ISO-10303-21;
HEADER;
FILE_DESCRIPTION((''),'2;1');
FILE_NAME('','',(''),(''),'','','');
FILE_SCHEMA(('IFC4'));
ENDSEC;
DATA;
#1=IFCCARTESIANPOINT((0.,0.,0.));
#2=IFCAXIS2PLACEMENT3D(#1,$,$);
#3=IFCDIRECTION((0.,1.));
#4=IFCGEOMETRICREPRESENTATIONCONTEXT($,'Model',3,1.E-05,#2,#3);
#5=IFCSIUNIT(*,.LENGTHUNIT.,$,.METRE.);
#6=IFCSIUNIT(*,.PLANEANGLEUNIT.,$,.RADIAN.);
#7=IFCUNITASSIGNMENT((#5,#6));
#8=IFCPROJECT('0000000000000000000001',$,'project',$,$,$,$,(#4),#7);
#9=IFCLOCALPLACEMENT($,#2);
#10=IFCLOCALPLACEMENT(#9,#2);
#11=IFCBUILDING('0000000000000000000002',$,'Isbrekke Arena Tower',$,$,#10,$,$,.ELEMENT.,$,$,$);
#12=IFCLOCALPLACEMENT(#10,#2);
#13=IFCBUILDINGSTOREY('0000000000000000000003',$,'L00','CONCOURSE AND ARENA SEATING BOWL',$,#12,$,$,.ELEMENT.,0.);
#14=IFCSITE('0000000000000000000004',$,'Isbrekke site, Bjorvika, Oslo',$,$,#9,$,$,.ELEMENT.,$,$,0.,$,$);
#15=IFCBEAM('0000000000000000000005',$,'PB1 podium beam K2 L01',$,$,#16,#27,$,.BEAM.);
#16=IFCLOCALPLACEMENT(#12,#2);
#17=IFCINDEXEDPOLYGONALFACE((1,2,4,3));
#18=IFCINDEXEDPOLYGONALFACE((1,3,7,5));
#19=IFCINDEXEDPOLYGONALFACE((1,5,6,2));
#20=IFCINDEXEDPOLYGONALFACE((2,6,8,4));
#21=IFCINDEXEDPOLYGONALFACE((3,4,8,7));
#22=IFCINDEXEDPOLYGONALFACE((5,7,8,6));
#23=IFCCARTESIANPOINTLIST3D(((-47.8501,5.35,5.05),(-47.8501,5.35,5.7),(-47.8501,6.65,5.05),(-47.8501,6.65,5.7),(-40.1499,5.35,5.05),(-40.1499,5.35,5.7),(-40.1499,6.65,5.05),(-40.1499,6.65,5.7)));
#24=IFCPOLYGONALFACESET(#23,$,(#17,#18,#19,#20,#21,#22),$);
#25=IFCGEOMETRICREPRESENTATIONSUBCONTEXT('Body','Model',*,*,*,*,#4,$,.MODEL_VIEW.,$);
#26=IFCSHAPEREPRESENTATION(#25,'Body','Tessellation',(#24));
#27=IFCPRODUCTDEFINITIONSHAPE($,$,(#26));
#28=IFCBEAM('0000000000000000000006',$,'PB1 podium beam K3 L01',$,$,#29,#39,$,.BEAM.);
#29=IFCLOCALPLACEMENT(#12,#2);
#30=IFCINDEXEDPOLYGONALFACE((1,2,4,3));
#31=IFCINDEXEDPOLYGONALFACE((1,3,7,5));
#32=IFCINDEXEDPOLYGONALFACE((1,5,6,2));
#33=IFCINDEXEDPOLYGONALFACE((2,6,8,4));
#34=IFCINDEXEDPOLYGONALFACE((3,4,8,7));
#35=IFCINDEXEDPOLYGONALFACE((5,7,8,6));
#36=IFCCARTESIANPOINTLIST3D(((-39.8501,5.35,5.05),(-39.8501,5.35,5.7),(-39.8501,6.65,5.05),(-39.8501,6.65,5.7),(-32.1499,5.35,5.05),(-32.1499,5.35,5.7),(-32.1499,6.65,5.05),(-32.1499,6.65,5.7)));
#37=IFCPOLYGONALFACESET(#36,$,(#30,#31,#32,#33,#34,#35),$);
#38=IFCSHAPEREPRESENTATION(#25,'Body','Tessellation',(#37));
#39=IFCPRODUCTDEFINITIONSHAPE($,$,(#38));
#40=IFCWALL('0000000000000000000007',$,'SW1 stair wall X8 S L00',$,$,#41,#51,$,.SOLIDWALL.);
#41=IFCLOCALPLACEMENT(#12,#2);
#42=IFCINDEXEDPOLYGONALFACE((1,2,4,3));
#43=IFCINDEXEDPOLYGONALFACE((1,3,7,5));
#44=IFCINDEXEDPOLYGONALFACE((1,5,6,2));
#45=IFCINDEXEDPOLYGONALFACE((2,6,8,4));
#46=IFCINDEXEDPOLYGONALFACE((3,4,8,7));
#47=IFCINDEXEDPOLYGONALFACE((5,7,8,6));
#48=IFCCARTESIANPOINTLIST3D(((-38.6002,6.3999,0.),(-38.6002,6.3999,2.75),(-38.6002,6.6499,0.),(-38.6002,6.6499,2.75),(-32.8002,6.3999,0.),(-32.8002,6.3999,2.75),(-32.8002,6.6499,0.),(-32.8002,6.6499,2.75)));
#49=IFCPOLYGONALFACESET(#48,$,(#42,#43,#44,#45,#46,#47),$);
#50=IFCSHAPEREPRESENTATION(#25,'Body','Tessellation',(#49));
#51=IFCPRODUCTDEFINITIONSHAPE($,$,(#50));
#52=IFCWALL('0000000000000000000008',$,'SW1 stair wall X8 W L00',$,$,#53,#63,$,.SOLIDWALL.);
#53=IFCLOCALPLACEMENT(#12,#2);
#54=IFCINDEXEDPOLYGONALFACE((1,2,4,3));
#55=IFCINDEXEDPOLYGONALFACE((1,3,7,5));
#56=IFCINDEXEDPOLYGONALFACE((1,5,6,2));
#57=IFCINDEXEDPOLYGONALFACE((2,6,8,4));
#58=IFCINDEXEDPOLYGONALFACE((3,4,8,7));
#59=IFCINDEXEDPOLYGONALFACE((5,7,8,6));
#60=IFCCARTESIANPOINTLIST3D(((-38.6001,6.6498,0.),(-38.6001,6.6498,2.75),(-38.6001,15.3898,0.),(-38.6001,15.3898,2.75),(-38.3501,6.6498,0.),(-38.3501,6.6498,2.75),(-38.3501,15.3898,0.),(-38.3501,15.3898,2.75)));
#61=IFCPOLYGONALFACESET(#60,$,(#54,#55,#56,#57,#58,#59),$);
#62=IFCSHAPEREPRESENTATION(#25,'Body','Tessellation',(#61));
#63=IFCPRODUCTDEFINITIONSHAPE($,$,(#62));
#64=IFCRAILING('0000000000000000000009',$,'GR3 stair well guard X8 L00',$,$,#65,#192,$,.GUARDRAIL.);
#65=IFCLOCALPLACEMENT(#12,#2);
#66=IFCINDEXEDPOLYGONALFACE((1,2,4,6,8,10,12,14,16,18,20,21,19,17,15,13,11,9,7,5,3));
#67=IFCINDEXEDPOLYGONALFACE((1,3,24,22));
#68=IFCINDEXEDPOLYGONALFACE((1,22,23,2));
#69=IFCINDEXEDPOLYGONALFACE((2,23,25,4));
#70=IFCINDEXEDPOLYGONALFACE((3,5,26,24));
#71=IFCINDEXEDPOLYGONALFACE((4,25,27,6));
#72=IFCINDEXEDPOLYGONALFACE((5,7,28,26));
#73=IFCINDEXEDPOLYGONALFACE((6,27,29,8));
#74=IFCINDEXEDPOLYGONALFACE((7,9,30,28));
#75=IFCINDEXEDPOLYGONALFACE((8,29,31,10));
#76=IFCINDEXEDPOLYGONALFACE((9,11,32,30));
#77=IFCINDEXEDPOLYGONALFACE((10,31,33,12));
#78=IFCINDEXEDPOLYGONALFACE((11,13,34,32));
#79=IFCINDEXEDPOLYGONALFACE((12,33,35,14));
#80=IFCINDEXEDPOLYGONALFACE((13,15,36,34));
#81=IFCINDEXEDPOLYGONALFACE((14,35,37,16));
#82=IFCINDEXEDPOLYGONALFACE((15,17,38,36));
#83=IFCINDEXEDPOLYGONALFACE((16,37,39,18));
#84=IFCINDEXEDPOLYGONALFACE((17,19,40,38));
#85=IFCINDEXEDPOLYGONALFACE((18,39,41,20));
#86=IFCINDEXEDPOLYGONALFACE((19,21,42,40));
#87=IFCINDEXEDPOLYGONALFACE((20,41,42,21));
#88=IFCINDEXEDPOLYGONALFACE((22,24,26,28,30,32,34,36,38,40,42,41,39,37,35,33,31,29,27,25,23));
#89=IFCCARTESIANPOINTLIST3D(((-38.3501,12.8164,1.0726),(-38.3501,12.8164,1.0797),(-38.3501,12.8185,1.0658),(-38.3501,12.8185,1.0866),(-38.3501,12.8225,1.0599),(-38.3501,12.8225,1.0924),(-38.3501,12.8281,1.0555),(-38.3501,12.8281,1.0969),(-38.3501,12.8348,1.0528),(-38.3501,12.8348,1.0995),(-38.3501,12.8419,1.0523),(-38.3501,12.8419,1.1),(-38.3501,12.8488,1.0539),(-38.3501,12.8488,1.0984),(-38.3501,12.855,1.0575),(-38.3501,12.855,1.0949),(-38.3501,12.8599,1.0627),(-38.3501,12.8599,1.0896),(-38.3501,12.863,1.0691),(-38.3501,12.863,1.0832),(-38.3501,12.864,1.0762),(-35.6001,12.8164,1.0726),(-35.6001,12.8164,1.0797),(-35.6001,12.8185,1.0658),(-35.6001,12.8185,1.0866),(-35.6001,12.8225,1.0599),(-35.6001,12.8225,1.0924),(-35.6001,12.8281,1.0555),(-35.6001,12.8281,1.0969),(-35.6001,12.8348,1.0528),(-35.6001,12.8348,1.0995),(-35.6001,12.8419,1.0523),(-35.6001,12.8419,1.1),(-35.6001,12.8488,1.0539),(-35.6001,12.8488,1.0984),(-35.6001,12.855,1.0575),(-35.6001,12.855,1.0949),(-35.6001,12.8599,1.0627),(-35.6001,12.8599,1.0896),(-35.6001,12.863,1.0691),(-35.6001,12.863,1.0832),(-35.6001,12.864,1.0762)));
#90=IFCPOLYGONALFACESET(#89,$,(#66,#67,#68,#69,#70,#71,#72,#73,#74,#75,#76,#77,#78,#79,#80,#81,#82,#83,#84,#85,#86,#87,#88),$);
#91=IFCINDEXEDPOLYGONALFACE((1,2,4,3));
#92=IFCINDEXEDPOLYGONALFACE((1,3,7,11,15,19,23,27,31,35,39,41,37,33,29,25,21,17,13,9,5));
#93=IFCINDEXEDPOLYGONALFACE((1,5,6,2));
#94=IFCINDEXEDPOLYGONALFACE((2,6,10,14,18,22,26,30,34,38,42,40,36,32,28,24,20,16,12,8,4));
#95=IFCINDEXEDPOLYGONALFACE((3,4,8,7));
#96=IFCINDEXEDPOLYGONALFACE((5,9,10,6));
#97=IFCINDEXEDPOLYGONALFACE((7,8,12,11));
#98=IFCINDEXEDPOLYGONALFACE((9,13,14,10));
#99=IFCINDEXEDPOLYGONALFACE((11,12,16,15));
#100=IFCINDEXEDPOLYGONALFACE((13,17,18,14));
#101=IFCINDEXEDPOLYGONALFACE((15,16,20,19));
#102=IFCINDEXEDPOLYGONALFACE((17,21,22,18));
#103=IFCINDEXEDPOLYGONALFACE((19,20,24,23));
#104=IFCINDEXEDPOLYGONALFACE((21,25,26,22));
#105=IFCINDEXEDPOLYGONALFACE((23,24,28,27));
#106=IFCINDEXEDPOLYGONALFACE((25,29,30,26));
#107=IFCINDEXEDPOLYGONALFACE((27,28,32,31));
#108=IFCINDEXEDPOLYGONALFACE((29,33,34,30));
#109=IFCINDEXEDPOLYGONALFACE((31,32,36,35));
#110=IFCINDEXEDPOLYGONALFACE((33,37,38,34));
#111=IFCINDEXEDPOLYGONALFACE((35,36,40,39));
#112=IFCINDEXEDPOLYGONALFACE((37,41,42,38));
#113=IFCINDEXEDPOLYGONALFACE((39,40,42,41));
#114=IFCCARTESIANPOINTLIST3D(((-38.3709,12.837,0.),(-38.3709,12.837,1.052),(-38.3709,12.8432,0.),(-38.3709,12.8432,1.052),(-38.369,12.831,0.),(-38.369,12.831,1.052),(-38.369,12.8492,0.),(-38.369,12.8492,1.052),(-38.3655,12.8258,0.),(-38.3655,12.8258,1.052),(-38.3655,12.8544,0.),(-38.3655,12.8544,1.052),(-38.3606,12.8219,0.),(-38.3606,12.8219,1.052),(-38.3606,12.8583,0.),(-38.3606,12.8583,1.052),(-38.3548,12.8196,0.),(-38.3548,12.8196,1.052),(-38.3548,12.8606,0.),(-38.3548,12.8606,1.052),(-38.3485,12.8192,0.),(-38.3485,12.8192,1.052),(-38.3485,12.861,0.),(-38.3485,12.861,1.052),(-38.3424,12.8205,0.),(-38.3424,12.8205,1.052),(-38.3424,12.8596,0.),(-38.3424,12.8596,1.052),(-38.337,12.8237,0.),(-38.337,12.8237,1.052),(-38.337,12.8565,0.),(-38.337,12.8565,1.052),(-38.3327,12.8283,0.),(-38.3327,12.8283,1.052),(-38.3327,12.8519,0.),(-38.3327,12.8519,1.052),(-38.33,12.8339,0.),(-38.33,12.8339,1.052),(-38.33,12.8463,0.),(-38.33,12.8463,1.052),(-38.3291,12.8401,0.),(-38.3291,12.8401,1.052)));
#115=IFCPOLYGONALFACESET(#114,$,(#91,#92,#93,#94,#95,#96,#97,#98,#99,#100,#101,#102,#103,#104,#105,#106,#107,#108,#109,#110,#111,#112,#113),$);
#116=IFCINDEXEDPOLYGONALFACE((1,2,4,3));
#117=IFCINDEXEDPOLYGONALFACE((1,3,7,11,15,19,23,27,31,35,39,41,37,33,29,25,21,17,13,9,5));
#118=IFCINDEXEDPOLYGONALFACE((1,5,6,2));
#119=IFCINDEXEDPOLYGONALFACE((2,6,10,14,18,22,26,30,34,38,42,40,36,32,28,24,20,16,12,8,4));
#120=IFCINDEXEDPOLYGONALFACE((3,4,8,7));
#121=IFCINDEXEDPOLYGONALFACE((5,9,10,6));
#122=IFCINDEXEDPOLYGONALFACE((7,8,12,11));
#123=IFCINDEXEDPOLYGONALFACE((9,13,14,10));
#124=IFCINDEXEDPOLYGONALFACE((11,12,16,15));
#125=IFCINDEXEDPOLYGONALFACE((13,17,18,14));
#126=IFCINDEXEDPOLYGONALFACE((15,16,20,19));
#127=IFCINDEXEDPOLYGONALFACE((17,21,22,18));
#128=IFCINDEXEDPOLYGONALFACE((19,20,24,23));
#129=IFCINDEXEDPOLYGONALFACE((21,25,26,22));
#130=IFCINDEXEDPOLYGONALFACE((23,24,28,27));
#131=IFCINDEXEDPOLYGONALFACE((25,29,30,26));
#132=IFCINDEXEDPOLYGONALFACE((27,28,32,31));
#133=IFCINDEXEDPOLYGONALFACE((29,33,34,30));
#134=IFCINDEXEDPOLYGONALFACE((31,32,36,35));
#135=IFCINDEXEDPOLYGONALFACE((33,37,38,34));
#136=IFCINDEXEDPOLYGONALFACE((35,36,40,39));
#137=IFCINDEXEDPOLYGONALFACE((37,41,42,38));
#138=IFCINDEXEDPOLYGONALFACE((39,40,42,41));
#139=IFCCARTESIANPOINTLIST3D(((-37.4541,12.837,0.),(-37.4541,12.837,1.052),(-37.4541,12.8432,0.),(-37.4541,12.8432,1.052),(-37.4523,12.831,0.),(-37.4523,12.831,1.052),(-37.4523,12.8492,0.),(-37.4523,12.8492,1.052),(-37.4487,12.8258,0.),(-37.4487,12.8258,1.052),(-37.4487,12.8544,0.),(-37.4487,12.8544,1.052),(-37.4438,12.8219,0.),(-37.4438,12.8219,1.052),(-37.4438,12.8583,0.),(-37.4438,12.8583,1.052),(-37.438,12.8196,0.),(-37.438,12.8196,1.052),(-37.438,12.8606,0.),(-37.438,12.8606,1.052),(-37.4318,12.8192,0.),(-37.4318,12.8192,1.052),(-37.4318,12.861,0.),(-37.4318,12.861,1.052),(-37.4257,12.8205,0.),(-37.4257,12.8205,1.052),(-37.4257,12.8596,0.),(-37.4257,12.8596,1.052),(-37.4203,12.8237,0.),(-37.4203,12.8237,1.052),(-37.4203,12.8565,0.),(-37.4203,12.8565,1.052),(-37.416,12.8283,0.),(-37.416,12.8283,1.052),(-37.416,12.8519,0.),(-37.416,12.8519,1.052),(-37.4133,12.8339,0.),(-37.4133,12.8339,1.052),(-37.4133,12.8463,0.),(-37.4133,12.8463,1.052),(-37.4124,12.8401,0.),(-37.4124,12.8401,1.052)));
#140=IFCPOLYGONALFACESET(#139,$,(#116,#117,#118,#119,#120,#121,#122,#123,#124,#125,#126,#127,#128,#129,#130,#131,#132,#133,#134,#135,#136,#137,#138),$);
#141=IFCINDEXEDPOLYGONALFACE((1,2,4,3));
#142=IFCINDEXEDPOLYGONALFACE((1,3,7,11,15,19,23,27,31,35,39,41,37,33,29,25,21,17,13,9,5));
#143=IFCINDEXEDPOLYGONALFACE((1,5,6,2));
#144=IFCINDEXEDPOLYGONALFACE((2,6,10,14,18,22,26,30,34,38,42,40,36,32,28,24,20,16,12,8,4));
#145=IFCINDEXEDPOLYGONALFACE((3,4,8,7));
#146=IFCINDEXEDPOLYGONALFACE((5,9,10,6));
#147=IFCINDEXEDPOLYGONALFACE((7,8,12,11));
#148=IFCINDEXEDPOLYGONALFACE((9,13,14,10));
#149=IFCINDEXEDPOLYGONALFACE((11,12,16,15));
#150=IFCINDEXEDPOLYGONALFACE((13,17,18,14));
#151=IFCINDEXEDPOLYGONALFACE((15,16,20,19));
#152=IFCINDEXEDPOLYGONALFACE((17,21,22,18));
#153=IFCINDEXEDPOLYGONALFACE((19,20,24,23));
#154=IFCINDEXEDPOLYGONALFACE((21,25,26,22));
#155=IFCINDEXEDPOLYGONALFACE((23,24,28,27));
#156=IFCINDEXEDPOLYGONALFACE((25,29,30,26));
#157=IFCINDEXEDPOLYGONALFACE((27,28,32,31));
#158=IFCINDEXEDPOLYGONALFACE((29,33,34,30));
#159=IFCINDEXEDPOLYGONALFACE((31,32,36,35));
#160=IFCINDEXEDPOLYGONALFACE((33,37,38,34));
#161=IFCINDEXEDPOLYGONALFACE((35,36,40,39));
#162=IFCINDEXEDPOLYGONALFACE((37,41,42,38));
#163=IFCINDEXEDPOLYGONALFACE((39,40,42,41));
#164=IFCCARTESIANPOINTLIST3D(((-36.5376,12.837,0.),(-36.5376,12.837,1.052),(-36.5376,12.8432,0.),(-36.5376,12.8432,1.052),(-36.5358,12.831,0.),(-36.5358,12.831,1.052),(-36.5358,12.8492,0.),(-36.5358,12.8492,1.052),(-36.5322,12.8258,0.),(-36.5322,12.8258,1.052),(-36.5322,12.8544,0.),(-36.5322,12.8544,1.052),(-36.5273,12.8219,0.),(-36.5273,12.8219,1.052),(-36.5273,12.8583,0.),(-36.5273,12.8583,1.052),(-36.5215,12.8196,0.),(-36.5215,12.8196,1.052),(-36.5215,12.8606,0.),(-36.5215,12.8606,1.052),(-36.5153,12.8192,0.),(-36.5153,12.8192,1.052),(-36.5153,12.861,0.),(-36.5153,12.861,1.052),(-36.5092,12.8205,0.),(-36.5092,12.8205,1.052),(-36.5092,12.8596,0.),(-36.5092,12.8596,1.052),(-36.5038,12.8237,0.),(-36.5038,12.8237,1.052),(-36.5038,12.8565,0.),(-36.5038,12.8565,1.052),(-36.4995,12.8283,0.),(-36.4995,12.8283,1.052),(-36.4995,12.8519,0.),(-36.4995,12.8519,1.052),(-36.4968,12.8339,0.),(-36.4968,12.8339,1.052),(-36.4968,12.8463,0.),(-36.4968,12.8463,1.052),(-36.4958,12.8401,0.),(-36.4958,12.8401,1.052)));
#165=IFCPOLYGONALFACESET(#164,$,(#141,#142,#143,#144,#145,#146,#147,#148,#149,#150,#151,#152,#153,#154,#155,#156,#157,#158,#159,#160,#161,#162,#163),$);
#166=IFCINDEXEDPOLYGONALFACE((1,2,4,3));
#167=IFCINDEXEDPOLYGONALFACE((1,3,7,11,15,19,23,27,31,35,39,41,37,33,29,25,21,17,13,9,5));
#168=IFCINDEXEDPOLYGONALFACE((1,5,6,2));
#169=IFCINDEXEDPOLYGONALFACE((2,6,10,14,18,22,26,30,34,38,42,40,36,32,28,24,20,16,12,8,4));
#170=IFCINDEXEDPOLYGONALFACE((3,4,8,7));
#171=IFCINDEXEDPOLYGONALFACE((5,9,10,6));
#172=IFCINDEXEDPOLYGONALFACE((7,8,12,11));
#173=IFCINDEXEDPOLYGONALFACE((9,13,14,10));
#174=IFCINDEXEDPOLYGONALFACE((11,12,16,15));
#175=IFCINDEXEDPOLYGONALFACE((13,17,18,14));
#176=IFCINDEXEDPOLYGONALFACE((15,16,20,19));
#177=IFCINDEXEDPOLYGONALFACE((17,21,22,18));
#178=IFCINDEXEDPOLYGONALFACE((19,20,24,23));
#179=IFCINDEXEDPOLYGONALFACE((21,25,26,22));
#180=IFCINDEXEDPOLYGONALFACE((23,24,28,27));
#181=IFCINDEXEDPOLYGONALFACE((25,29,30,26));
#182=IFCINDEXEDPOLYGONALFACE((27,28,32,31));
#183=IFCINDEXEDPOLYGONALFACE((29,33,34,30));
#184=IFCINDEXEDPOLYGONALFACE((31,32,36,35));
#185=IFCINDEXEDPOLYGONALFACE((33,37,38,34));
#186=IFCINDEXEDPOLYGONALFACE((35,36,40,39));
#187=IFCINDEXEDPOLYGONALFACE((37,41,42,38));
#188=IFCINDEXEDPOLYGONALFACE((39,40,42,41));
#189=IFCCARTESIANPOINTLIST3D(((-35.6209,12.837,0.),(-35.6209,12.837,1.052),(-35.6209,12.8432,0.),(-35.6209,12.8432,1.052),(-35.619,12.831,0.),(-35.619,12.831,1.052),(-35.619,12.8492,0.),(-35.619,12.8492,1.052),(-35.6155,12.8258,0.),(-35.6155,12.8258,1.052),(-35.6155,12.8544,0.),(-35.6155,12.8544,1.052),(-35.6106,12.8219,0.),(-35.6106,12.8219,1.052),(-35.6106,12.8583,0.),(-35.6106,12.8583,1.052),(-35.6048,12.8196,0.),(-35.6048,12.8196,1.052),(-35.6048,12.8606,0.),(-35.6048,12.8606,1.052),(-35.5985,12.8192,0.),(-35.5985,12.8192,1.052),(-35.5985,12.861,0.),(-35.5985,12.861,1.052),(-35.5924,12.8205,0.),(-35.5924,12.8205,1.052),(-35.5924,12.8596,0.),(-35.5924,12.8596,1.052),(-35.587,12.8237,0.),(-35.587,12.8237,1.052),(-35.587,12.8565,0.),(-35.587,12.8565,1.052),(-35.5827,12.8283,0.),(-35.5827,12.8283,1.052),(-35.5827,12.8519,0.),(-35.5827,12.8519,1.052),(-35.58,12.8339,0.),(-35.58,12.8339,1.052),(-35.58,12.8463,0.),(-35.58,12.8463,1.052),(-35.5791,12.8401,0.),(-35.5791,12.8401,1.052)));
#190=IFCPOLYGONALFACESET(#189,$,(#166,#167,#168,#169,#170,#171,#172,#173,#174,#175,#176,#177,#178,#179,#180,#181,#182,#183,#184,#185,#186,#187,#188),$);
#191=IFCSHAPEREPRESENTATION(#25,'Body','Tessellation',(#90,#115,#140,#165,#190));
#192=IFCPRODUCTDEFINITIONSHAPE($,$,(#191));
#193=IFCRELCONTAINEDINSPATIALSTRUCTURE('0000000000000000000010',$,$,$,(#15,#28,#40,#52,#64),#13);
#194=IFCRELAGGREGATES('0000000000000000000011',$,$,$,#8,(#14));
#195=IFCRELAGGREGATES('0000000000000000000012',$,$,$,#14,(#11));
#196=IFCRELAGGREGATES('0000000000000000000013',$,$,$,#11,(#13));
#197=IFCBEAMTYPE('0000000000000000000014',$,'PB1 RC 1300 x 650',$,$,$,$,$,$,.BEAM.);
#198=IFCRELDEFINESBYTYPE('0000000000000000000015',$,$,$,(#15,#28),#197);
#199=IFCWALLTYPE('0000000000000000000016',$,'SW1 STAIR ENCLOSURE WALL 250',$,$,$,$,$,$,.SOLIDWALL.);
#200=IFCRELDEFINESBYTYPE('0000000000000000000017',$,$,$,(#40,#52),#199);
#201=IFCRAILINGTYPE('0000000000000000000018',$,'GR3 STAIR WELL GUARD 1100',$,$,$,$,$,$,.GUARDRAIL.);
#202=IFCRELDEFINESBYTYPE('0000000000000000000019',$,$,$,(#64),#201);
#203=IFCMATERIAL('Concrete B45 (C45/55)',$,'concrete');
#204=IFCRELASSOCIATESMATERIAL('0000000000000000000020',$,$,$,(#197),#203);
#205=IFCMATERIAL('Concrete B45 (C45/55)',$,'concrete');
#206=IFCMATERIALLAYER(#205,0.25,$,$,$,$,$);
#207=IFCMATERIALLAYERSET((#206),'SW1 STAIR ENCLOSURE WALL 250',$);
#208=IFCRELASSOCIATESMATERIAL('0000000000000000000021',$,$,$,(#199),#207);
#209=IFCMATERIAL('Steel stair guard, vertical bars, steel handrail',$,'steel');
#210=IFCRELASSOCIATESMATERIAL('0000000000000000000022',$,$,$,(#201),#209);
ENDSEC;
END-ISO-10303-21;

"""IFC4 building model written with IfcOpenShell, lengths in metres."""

from ifc_helpers import new_model, si_unit, direction, frame, frame_2d, origin, origin_2d, place, context, subcontext, project, spatial, rectangle, circle, extrude, material, layer, layer_set, material_profile, profile_set, type_object, element, save


model = new_model("IFC4")

# Units and contexts
model_context = context("Model", 3, precision=1e-05, world=origin(), true_north=direction((0.0, 1.0)))
body_context = subcontext(model_context, "Body", "Model", "MODEL_VIEW")
ifc_project = project(units=[si_unit("LENGTHUNIT", "METRE"), si_unit("PLANEANGLEUNIT", "RADIAN")], contexts=[model_context])

# Site, building, storey
site_placement = place(None, origin())
site = spatial("IfcSite", under=ifc_project, at=site_placement, Name="Isbrekke site, Bjorvika, Oslo", CompositionType="ELEMENT", RefElevation=0.0)
building_placement = place(site_placement, origin())
building = spatial("IfcBuilding", under=site, at=building_placement, Name="Isbrekke Arena Tower", CompositionType="ELEMENT")
storey_placement = place(building_placement, origin())
storey = spatial("IfcBuildingStorey", under=building, at=storey_placement, Name="L00", Description="CONCOURSE AND ARENA SEATING BOWL", CompositionType="ELEMENT", Elevation=0.0)

# Beams
ifc_material_1 = material(Name="Concrete B45 (C45/55)", Category="concrete")
ifc_material_profile = material_profile(ifc_material_1, rectangle(XDim=1.3, YDim=0.6499, at=origin_2d()), Name="RC 1300x650")
ifc_profile_set = profile_set([ifc_material_profile], Name="Concrete B45 (C45/55)")
beam_type = type_object("IfcBeamType", Name="PB1 RC 1300 x 650", PredefinedType="BEAM", material=ifc_profile_set)
for number, where, z_axis, x_axis, name in (
    (1, (-47.8501, 6.0, 5.375), (1.0, 0.0, 0.0), (0.0, 1.0, 0.0), "PB1 podium beam K2 L01"),
    (2, (-39.8501, 6.0, 5.375), (1.0, 0.0, 0.0), (0.0, 1.0, 0.0), "PB1 podium beam K3 L01"),
):
    element("IfcBeam", number, at=place(storey_placement, frame(where, z_axis=z_axis, x_axis=x_axis)), inside=storey, type_object=beam_type, Name=name, PredefinedType="BEAM", context=body_context, shape_type="SweptSolid", body=[
        extrude(rectangle(XDim=1.3, YDim=0.6499, at=origin_2d()), origin(), (0.0, 0.0, 1.0), 7.7002),
    ])

# Walls
ifc_material_2 = material(Name="Concrete B45 (C45/55)", Category="concrete")
ifc_layer = layer(ifc_material_2, 0.25)
ifc_layer_set = layer_set([ifc_layer], Name="SW1 STAIR ENCLOSURE WALL 250")
wall_type = type_object("IfcWallType", Name="SW1 STAIR ENCLOSURE WALL 250", PredefinedType="SOLIDWALL", material=ifc_layer_set)
wall_1_placement = place(storey_placement, frame((-38.6001, 6.5249, 0.0), z_axis=(0.0, 0.0, 1.0), x_axis=(1.0, 0.0, 0.0)))
element("IfcWall", 3, at=wall_1_placement, inside=storey, type_object=wall_type, Name="SW1 stair wall X8 S L00", PredefinedType="SOLIDWALL", context=body_context, shape_type="SweptSolid", body=[
    extrude(rectangle(XDim=5.8, YDim=0.25, at=frame_2d((2.8999, 0.0))), origin(), (0.0, 0.0, 1.0), 2.75),
])
wall_2_placement = place(storey_placement, frame((-38.4751, 15.3899, 0.0), z_axis=(0.0, 0.0, 1.0), x_axis=(0.0, -1.0, 0.0)))
element("IfcWall", 4, at=wall_2_placement, inside=storey, type_object=wall_type, Name="SW1 stair wall X8 W L00", PredefinedType="SOLIDWALL", context=body_context, shape_type="SweptSolid", body=[
    extrude(rectangle(XDim=8.74, YDim=0.25, at=frame_2d((4.3701, 0.0))), origin(), (0.0, 0.0, 1.0), 2.75),
])

# Railing
ifc_material_3 = material(Name="Steel stair guard, vertical bars, steel handrail", Category="steel")
railing_type = type_object("IfcRailingType", Name="GR3 STAIR WELL GUARD 1100", PredefinedType="GUARDRAIL", material=ifc_material_3)
railing_placement = place(storey_placement, frame((-38.3501, 12.8401, 0.0)))
element("IfcRailing", 5, at=railing_placement, inside=storey, type_object=railing_type, Name="GR3 stair well guard X8 L00", PredefinedType="GUARDRAIL", context=body_context, shape_type="SweptSolid", body=[
    extrude(circle(Radius=0.0239, at=origin_2d()), frame((0.0, 0.0, 1.0762), z_axis=(1.0, 0.0, 0.0), x_axis=(0.0, 1.0, 0.0)), (0.0, 0.0, 1.0), 2.75),
    extrude(circle(Radius=0.021, at=origin_2d()), origin(), (0.0, 0.0, 1.0), 1.052),
    extrude(circle(Radius=0.021, at=origin_2d()), frame((0.9167, 0.0, 0.0)), (0.0, 0.0, 1.0), 1.052),
    extrude(circle(Radius=0.021, at=origin_2d()), frame((1.8333, 0.0, 0.0)), (0.0, 0.0, 1.0), 1.052),
    extrude(circle(Radius=0.021, at=origin_2d()), frame((2.75, 0.0, 0.0)), (0.0, 0.0, 1.0), 1.052),
])

save(model, "model.ifc")
